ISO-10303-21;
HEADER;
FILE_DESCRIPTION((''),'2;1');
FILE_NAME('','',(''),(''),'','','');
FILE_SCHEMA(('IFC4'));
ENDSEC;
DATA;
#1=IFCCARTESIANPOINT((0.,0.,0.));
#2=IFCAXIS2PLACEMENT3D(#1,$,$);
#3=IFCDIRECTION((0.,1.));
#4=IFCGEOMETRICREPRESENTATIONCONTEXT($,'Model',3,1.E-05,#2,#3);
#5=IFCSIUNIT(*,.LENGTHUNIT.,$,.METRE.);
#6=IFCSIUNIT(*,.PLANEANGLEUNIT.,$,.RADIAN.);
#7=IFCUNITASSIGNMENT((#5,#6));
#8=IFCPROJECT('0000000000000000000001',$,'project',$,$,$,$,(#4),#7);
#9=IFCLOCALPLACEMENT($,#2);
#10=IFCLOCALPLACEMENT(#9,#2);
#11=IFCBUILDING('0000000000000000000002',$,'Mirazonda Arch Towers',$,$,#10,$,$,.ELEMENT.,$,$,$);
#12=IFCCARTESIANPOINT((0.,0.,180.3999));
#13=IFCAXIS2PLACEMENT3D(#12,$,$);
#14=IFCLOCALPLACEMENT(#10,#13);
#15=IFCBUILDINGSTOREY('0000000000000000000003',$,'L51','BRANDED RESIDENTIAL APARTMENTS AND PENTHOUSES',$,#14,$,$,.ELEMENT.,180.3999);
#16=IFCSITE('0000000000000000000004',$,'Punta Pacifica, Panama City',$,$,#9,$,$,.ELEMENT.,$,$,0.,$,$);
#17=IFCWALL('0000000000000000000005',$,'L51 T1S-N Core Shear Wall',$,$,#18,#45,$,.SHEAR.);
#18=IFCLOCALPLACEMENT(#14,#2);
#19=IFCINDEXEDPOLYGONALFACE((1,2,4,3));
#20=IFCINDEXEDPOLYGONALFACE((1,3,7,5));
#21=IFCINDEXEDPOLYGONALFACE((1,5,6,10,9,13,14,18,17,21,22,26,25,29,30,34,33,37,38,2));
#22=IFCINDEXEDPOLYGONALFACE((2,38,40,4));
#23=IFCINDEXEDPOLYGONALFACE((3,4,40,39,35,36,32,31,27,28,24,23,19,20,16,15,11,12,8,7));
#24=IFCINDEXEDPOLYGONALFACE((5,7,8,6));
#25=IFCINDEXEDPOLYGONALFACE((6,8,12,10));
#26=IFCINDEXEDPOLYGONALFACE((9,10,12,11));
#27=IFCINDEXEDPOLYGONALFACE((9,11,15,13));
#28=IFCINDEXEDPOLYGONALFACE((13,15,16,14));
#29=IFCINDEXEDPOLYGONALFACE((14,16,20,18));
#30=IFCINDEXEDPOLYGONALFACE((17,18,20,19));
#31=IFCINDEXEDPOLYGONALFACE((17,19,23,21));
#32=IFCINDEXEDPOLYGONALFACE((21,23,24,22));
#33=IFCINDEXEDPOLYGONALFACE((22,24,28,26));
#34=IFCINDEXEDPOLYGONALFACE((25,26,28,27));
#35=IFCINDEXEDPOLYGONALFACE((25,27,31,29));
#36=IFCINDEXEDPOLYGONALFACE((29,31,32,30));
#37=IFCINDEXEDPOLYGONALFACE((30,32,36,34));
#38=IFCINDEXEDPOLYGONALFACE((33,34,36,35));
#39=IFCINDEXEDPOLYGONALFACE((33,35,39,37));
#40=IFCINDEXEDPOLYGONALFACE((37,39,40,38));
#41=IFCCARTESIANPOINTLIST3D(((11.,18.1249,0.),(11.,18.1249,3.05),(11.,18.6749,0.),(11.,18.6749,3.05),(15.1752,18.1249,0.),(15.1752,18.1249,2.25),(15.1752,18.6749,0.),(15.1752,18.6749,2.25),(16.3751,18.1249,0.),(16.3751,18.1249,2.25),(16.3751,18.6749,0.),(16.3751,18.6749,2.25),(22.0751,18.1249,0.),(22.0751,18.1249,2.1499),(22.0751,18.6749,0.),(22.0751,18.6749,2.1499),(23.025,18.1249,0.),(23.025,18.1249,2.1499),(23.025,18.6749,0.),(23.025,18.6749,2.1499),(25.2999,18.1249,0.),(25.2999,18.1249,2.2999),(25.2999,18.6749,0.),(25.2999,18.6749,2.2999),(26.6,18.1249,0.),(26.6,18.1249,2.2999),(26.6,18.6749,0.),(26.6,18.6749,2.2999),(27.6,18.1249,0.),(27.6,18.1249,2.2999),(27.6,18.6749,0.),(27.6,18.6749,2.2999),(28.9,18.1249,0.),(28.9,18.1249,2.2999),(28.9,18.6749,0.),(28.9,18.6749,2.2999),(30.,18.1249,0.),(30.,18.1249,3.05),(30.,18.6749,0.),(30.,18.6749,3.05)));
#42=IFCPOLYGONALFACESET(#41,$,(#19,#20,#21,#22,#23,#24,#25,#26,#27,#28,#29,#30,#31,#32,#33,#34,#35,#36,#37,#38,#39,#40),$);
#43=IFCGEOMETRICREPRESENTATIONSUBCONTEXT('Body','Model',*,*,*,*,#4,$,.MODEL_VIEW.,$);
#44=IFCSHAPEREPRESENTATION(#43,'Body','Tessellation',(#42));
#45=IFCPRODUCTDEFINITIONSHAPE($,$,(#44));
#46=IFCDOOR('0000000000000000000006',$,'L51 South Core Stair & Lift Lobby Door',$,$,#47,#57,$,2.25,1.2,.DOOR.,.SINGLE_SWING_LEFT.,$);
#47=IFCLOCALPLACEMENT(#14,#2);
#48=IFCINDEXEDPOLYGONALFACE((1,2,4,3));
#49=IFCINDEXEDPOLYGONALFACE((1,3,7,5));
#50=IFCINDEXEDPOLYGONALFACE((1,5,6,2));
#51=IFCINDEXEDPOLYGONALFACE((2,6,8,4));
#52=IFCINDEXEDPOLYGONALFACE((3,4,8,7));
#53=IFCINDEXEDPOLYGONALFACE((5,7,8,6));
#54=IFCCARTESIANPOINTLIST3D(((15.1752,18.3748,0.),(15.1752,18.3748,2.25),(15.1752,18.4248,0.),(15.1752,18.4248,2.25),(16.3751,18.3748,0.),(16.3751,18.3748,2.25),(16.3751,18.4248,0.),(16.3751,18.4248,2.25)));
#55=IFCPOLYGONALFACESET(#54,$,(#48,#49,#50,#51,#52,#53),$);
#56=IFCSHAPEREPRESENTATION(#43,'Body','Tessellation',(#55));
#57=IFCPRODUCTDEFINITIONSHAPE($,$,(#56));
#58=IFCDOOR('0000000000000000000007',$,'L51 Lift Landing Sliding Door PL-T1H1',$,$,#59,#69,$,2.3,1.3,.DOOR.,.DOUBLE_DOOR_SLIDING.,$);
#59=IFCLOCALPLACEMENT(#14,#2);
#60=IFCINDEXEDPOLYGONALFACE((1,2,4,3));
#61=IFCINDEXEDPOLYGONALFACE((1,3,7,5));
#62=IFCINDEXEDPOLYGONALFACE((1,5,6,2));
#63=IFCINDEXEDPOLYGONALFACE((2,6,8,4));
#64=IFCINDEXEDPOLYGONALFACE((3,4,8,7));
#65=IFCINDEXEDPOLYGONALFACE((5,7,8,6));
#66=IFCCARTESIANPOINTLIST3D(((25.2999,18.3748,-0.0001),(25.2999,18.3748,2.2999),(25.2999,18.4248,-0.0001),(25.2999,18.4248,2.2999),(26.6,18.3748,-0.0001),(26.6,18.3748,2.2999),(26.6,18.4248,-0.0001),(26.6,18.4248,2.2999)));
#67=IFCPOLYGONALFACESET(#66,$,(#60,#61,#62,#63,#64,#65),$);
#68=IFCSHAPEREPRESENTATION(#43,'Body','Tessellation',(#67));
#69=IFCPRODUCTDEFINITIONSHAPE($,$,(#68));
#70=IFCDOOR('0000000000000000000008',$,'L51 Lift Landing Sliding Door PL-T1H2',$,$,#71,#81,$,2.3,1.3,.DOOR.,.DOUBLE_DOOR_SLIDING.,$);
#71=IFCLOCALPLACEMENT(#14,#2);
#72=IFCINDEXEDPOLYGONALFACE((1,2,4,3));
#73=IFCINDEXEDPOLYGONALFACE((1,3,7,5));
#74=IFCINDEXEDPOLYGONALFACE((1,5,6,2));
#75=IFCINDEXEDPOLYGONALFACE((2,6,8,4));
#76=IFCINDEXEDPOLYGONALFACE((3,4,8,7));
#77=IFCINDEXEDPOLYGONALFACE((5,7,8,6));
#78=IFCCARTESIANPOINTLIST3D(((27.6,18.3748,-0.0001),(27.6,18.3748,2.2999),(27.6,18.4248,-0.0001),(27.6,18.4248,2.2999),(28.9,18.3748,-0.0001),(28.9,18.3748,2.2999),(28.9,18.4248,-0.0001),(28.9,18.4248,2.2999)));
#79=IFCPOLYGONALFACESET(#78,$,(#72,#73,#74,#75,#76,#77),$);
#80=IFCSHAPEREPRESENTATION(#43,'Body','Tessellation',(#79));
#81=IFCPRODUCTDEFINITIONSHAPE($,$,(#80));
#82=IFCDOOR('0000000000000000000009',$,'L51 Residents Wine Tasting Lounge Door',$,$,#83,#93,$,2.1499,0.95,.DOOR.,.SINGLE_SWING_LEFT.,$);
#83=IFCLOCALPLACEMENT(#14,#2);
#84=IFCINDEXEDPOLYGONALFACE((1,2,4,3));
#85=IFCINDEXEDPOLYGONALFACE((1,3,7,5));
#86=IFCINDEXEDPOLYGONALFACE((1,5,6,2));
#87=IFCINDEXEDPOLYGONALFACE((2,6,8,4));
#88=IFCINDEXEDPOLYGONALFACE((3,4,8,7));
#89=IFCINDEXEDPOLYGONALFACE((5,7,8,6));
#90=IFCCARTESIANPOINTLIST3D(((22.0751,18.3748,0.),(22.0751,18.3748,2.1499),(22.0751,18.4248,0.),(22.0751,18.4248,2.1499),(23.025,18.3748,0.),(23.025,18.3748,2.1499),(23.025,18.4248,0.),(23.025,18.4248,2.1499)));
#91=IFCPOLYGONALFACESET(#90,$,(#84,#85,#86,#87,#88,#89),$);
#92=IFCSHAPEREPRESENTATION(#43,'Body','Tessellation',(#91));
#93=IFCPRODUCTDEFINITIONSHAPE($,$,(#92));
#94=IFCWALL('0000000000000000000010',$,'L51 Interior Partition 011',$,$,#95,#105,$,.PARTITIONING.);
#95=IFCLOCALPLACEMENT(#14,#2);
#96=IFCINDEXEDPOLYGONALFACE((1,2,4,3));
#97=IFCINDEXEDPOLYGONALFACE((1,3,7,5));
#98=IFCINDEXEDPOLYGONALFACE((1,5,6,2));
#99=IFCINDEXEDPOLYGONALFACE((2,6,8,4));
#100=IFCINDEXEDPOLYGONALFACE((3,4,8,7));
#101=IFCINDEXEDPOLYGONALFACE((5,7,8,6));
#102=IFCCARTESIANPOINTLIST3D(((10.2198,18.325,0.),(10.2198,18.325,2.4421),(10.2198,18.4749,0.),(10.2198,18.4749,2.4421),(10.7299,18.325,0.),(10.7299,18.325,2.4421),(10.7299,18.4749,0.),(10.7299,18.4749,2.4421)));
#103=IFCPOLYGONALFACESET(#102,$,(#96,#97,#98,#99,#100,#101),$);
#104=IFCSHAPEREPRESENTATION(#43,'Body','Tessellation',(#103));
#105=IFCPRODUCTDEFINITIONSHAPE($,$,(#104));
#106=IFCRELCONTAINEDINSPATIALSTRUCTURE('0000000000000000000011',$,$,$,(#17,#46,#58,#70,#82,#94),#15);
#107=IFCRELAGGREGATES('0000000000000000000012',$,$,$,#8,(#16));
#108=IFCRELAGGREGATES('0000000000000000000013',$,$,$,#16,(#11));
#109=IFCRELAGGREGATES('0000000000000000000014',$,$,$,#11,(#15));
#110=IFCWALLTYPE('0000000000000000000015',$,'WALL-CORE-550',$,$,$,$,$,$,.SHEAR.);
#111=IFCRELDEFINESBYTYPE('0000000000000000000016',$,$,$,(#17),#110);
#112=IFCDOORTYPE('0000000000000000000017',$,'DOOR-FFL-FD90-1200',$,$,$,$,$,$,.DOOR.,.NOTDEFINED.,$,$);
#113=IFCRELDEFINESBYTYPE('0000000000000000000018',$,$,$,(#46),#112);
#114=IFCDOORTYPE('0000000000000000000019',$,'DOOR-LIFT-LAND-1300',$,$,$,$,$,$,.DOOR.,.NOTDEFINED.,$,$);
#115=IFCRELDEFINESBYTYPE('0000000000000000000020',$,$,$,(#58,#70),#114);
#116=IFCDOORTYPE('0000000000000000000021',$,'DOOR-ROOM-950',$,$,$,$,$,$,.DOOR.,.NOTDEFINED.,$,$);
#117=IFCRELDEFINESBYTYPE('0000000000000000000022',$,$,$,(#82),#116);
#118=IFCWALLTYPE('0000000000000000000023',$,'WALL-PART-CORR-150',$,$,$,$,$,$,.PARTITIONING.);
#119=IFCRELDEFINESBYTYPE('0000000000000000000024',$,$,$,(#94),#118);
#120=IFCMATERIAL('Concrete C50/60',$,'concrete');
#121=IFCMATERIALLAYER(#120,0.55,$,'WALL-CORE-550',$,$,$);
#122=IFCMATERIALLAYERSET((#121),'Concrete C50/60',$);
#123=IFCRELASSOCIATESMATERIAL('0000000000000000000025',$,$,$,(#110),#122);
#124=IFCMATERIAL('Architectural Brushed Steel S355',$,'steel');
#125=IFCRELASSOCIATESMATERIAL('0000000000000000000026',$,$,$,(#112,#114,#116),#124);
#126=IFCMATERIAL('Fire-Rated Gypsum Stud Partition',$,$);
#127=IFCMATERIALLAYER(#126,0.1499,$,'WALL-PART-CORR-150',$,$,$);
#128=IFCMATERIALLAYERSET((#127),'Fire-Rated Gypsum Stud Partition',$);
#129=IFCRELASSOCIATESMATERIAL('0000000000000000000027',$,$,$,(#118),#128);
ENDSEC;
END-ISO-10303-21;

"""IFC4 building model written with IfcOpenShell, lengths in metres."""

from ifc_helpers import new_model, si_unit, direction, frame, frame_2d, origin, place, context, subcontext, project, spatial, rectangle, extrude, material, layer, layer_set, type_object, element, fill, save


model = new_model("IFC4")

# Units and contexts
model_context = context("Model", 3, precision=1e-05, world=origin(), true_north=direction((0.0, 1.0)))
body_context = subcontext(model_context, "Body", "Model", "MODEL_VIEW")
ifc_project = project(units=[si_unit("LENGTHUNIT", "METRE"), si_unit("PLANEANGLEUNIT", "RADIAN")], contexts=[model_context])

# Site, building, storey
site_placement = place(None, origin())
site = spatial("IfcSite", under=ifc_project, at=site_placement, Name="Punta Pacifica, Panama City", CompositionType="ELEMENT", RefElevation=0.0)
building_placement = place(site_placement, origin())
building = spatial("IfcBuilding", under=site, at=building_placement, Name="Mirazonda Arch Towers", CompositionType="ELEMENT")
storey_placement = place(building_placement, frame((0.0, 0.0, 180.3999)))
storey = spatial("IfcBuildingStorey", under=building, at=storey_placement, Name="L51", Description="BRANDED RESIDENTIAL APARTMENTS AND PENTHOUSES", CompositionType="ELEMENT", Elevation=180.3999)

# Shared definitions
ifc_material_1 = material(Name="Concrete C50/60", Category="concrete")

# Shared definitions
ifc_material_2 = material(Name="Architectural Brushed Steel S355", Category="steel")

# Wall, openings, doors
ifc_layer_1 = layer(ifc_material_1, 0.55, Name="WALL-CORE-550")
ifc_layer_set_1 = layer_set([ifc_layer_1], Name="Concrete C50/60")
wall_type_1 = type_object("IfcWallType", Name="WALL-CORE-550", PredefinedType="SHEAR", material=ifc_layer_set_1)
wall_1_placement = place(storey_placement, frame((11.0, 18.3999, 0.0), z_axis=(0.0, 0.0, 1.0), x_axis=(1.0, 0.0, 0.0)))
wall_1 = element("IfcWall", 1, at=wall_1_placement, inside=storey, type_object=wall_type_1, Name="L51 T1S-N Core Shear Wall", PredefinedType="SHEAR", context=body_context, shape_type="SweptSolid", body=[
    extrude(rectangle(XDim=19.0, YDim=0.55, at=frame_2d((9.5, 0.0))), origin(), (0.0, 0.0, 1.0), 3.05),
])
opening_1_placement = place(wall_1_placement, frame((4.175, 0.0, 0.0)))
opening_1 = element("IfcOpeningElement", 2, at=opening_1_placement, cuts=wall_1, PredefinedType="OPENING", context=body_context, shape_type="SweptSolid", body=[
    extrude(rectangle(XDim=1.2, YDim=2.25, at=frame_2d((0.6001, 1.125))), frame((0.0, 0.2849, 0.0), z_axis=(0.0, -1.0, 0.0), x_axis=(1.0, 0.0, 0.0)), (0.0, 0.0, 1.0), 0.5701),
])
opening_2_placement = place(wall_1_placement, frame((11.075, 0.0, 0.0)))
opening_2 = element("IfcOpeningElement", 3, at=opening_2_placement, cuts=wall_1, PredefinedType="OPENING", context=body_context, shape_type="SweptSolid", body=[
    extrude(rectangle(XDim=0.95, YDim=2.1499, at=frame_2d((0.4751, 1.075))), frame((0.0, 0.2849, 0.0), z_axis=(0.0, -1.0, 0.0), x_axis=(1.0, 0.0, 0.0)), (0.0, 0.0, 1.0), 0.5701),
])
opening_3_placement = place(wall_1_placement, frame((14.3, 0.0, 0.0)))
opening_3 = element("IfcOpeningElement", 4, at=opening_3_placement, cuts=wall_1, PredefinedType="OPENING", context=body_context, shape_type="SweptSolid", body=[
    extrude(rectangle(XDim=1.3, YDim=2.3, at=frame_2d((0.6499, 1.1499))), frame((0.0, 0.2849, 0.0), z_axis=(0.0, -1.0, 0.0), x_axis=(1.0, 0.0, 0.0)), (0.0, 0.0, 1.0), 0.5701),
])
opening_4_placement = place(wall_1_placement, frame((16.6001, 0.0, 0.0)))
opening_4 = element("IfcOpeningElement", 5, at=opening_4_placement, cuts=wall_1, PredefinedType="OPENING", context=body_context, shape_type="SweptSolid", body=[
    extrude(rectangle(XDim=1.3, YDim=2.3, at=frame_2d((0.6499, 1.1499))), frame((0.0, 0.2849, 0.0), z_axis=(0.0, -1.0, 0.0), x_axis=(1.0, 0.0, 0.0)), (0.0, 0.0, 1.0), 0.5701),
])
door_type_1 = type_object("IfcDoorType", Name="DOOR-FFL-FD90-1200", OperationType="NOTDEFINED", PredefinedType="DOOR", material=ifc_material_2)
door_1_placement = place(opening_1_placement, origin())
door_1 = element("IfcDoor", 6, at=door_1_placement, inside=storey, type_object=door_type_1, Name="L51 South Core Stair & Lift Lobby Door", OperationType="SINGLE_SWING_LEFT", OverallHeight=2.25, OverallWidth=1.2, PredefinedType="DOOR", context=body_context, shape_type="SweptSolid", body=[
    extrude(rectangle(XDim=1.2, YDim=2.25, at=frame_2d((0.6001, 1.125))), frame((0.0, 0.0249, 0.0), z_axis=(0.0, -1.0, 0.0), x_axis=(1.0, 0.0, 0.0)), (0.0, 0.0, 1.0), 0.05),
])
fill(opening_1, door_1)
door_type_2 = type_object("IfcDoorType", Name="DOOR-LIFT-LAND-1300", OperationType="NOTDEFINED", PredefinedType="DOOR", material=ifc_material_2)
door_2_placement = place(opening_3_placement, origin())
door_2 = element("IfcDoor", 7, at=door_2_placement, inside=storey, type_object=door_type_2, Name="L51 Lift Landing Sliding Door PL-T1H1", OperationType="DOUBLE_DOOR_SLIDING", OverallHeight=2.3, OverallWidth=1.3, PredefinedType="DOOR", context=body_context, shape_type="SweptSolid", body=[
    extrude(rectangle(XDim=1.3, YDim=2.3, at=frame_2d((0.6499, 1.1499))), frame((0.0, 0.0249, 0.0), z_axis=(0.0, -1.0, 0.0), x_axis=(1.0, 0.0, 0.0)), (0.0, 0.0, 1.0), 0.05),
])
fill(opening_3, door_2)
door_3_placement = place(opening_4_placement, origin())
door_3 = element("IfcDoor", 8, at=door_3_placement, inside=storey, type_object=door_type_2, Name="L51 Lift Landing Sliding Door PL-T1H2", OperationType="DOUBLE_DOOR_SLIDING", OverallHeight=2.3, OverallWidth=1.3, PredefinedType="DOOR", context=body_context, shape_type="SweptSolid", body=[
    extrude(rectangle(XDim=1.3, YDim=2.3, at=frame_2d((0.6499, 1.1499))), frame((0.0, 0.0249, 0.0), z_axis=(0.0, -1.0, 0.0), x_axis=(1.0, 0.0, 0.0)), (0.0, 0.0, 1.0), 0.05),
])
fill(opening_4, door_3)
door_type_3 = type_object("IfcDoorType", Name="DOOR-ROOM-950", OperationType="NOTDEFINED", PredefinedType="DOOR", material=ifc_material_2)
door_4_placement = place(opening_2_placement, origin())
door_4 = element("IfcDoor", 9, at=door_4_placement, inside=storey, type_object=door_type_3, Name="L51 Residents Wine Tasting Lounge Door", OperationType="SINGLE_SWING_LEFT", OverallHeight=2.1499, OverallWidth=0.95, PredefinedType="DOOR", context=body_context, shape_type="SweptSolid", body=[
    extrude(rectangle(XDim=0.95, YDim=2.1499, at=frame_2d((0.4751, 1.075))), frame((0.0, 0.0249, 0.0), z_axis=(0.0, -1.0, 0.0), x_axis=(1.0, 0.0, 0.0)), (0.0, 0.0, 1.0), 0.05),
])
fill(opening_2, door_4)

# Wall
ifc_material_3 = material(Name="Fire-Rated Gypsum Stud Partition")
ifc_layer_2 = layer(ifc_material_3, 0.1499, Name="WALL-PART-CORR-150")
ifc_layer_set_2 = layer_set([ifc_layer_2], Name="Fire-Rated Gypsum Stud Partition")
wall_type_2 = type_object("IfcWallType", Name="WALL-PART-CORR-150", PredefinedType="PARTITIONING", material=ifc_layer_set_2)
wall_2_placement = place(storey_placement, frame((10.22, 18.3999, 0.0), z_axis=(0.0, 0.0, 1.0), x_axis=(1.0, 0.0, 0.0)))
element("IfcWall", 10, at=wall_2_placement, inside=storey, type_object=wall_type_2, Name="L51 Interior Partition 011", PredefinedType="PARTITIONING", context=body_context, shape_type="SweptSolid", body=[
    extrude(rectangle(XDim=0.51, YDim=0.1499, at=frame_2d((0.2549, 0.0))), origin(), (0.0, 0.0, 1.0), 2.4421),
])

save(model, "model.ifc")
